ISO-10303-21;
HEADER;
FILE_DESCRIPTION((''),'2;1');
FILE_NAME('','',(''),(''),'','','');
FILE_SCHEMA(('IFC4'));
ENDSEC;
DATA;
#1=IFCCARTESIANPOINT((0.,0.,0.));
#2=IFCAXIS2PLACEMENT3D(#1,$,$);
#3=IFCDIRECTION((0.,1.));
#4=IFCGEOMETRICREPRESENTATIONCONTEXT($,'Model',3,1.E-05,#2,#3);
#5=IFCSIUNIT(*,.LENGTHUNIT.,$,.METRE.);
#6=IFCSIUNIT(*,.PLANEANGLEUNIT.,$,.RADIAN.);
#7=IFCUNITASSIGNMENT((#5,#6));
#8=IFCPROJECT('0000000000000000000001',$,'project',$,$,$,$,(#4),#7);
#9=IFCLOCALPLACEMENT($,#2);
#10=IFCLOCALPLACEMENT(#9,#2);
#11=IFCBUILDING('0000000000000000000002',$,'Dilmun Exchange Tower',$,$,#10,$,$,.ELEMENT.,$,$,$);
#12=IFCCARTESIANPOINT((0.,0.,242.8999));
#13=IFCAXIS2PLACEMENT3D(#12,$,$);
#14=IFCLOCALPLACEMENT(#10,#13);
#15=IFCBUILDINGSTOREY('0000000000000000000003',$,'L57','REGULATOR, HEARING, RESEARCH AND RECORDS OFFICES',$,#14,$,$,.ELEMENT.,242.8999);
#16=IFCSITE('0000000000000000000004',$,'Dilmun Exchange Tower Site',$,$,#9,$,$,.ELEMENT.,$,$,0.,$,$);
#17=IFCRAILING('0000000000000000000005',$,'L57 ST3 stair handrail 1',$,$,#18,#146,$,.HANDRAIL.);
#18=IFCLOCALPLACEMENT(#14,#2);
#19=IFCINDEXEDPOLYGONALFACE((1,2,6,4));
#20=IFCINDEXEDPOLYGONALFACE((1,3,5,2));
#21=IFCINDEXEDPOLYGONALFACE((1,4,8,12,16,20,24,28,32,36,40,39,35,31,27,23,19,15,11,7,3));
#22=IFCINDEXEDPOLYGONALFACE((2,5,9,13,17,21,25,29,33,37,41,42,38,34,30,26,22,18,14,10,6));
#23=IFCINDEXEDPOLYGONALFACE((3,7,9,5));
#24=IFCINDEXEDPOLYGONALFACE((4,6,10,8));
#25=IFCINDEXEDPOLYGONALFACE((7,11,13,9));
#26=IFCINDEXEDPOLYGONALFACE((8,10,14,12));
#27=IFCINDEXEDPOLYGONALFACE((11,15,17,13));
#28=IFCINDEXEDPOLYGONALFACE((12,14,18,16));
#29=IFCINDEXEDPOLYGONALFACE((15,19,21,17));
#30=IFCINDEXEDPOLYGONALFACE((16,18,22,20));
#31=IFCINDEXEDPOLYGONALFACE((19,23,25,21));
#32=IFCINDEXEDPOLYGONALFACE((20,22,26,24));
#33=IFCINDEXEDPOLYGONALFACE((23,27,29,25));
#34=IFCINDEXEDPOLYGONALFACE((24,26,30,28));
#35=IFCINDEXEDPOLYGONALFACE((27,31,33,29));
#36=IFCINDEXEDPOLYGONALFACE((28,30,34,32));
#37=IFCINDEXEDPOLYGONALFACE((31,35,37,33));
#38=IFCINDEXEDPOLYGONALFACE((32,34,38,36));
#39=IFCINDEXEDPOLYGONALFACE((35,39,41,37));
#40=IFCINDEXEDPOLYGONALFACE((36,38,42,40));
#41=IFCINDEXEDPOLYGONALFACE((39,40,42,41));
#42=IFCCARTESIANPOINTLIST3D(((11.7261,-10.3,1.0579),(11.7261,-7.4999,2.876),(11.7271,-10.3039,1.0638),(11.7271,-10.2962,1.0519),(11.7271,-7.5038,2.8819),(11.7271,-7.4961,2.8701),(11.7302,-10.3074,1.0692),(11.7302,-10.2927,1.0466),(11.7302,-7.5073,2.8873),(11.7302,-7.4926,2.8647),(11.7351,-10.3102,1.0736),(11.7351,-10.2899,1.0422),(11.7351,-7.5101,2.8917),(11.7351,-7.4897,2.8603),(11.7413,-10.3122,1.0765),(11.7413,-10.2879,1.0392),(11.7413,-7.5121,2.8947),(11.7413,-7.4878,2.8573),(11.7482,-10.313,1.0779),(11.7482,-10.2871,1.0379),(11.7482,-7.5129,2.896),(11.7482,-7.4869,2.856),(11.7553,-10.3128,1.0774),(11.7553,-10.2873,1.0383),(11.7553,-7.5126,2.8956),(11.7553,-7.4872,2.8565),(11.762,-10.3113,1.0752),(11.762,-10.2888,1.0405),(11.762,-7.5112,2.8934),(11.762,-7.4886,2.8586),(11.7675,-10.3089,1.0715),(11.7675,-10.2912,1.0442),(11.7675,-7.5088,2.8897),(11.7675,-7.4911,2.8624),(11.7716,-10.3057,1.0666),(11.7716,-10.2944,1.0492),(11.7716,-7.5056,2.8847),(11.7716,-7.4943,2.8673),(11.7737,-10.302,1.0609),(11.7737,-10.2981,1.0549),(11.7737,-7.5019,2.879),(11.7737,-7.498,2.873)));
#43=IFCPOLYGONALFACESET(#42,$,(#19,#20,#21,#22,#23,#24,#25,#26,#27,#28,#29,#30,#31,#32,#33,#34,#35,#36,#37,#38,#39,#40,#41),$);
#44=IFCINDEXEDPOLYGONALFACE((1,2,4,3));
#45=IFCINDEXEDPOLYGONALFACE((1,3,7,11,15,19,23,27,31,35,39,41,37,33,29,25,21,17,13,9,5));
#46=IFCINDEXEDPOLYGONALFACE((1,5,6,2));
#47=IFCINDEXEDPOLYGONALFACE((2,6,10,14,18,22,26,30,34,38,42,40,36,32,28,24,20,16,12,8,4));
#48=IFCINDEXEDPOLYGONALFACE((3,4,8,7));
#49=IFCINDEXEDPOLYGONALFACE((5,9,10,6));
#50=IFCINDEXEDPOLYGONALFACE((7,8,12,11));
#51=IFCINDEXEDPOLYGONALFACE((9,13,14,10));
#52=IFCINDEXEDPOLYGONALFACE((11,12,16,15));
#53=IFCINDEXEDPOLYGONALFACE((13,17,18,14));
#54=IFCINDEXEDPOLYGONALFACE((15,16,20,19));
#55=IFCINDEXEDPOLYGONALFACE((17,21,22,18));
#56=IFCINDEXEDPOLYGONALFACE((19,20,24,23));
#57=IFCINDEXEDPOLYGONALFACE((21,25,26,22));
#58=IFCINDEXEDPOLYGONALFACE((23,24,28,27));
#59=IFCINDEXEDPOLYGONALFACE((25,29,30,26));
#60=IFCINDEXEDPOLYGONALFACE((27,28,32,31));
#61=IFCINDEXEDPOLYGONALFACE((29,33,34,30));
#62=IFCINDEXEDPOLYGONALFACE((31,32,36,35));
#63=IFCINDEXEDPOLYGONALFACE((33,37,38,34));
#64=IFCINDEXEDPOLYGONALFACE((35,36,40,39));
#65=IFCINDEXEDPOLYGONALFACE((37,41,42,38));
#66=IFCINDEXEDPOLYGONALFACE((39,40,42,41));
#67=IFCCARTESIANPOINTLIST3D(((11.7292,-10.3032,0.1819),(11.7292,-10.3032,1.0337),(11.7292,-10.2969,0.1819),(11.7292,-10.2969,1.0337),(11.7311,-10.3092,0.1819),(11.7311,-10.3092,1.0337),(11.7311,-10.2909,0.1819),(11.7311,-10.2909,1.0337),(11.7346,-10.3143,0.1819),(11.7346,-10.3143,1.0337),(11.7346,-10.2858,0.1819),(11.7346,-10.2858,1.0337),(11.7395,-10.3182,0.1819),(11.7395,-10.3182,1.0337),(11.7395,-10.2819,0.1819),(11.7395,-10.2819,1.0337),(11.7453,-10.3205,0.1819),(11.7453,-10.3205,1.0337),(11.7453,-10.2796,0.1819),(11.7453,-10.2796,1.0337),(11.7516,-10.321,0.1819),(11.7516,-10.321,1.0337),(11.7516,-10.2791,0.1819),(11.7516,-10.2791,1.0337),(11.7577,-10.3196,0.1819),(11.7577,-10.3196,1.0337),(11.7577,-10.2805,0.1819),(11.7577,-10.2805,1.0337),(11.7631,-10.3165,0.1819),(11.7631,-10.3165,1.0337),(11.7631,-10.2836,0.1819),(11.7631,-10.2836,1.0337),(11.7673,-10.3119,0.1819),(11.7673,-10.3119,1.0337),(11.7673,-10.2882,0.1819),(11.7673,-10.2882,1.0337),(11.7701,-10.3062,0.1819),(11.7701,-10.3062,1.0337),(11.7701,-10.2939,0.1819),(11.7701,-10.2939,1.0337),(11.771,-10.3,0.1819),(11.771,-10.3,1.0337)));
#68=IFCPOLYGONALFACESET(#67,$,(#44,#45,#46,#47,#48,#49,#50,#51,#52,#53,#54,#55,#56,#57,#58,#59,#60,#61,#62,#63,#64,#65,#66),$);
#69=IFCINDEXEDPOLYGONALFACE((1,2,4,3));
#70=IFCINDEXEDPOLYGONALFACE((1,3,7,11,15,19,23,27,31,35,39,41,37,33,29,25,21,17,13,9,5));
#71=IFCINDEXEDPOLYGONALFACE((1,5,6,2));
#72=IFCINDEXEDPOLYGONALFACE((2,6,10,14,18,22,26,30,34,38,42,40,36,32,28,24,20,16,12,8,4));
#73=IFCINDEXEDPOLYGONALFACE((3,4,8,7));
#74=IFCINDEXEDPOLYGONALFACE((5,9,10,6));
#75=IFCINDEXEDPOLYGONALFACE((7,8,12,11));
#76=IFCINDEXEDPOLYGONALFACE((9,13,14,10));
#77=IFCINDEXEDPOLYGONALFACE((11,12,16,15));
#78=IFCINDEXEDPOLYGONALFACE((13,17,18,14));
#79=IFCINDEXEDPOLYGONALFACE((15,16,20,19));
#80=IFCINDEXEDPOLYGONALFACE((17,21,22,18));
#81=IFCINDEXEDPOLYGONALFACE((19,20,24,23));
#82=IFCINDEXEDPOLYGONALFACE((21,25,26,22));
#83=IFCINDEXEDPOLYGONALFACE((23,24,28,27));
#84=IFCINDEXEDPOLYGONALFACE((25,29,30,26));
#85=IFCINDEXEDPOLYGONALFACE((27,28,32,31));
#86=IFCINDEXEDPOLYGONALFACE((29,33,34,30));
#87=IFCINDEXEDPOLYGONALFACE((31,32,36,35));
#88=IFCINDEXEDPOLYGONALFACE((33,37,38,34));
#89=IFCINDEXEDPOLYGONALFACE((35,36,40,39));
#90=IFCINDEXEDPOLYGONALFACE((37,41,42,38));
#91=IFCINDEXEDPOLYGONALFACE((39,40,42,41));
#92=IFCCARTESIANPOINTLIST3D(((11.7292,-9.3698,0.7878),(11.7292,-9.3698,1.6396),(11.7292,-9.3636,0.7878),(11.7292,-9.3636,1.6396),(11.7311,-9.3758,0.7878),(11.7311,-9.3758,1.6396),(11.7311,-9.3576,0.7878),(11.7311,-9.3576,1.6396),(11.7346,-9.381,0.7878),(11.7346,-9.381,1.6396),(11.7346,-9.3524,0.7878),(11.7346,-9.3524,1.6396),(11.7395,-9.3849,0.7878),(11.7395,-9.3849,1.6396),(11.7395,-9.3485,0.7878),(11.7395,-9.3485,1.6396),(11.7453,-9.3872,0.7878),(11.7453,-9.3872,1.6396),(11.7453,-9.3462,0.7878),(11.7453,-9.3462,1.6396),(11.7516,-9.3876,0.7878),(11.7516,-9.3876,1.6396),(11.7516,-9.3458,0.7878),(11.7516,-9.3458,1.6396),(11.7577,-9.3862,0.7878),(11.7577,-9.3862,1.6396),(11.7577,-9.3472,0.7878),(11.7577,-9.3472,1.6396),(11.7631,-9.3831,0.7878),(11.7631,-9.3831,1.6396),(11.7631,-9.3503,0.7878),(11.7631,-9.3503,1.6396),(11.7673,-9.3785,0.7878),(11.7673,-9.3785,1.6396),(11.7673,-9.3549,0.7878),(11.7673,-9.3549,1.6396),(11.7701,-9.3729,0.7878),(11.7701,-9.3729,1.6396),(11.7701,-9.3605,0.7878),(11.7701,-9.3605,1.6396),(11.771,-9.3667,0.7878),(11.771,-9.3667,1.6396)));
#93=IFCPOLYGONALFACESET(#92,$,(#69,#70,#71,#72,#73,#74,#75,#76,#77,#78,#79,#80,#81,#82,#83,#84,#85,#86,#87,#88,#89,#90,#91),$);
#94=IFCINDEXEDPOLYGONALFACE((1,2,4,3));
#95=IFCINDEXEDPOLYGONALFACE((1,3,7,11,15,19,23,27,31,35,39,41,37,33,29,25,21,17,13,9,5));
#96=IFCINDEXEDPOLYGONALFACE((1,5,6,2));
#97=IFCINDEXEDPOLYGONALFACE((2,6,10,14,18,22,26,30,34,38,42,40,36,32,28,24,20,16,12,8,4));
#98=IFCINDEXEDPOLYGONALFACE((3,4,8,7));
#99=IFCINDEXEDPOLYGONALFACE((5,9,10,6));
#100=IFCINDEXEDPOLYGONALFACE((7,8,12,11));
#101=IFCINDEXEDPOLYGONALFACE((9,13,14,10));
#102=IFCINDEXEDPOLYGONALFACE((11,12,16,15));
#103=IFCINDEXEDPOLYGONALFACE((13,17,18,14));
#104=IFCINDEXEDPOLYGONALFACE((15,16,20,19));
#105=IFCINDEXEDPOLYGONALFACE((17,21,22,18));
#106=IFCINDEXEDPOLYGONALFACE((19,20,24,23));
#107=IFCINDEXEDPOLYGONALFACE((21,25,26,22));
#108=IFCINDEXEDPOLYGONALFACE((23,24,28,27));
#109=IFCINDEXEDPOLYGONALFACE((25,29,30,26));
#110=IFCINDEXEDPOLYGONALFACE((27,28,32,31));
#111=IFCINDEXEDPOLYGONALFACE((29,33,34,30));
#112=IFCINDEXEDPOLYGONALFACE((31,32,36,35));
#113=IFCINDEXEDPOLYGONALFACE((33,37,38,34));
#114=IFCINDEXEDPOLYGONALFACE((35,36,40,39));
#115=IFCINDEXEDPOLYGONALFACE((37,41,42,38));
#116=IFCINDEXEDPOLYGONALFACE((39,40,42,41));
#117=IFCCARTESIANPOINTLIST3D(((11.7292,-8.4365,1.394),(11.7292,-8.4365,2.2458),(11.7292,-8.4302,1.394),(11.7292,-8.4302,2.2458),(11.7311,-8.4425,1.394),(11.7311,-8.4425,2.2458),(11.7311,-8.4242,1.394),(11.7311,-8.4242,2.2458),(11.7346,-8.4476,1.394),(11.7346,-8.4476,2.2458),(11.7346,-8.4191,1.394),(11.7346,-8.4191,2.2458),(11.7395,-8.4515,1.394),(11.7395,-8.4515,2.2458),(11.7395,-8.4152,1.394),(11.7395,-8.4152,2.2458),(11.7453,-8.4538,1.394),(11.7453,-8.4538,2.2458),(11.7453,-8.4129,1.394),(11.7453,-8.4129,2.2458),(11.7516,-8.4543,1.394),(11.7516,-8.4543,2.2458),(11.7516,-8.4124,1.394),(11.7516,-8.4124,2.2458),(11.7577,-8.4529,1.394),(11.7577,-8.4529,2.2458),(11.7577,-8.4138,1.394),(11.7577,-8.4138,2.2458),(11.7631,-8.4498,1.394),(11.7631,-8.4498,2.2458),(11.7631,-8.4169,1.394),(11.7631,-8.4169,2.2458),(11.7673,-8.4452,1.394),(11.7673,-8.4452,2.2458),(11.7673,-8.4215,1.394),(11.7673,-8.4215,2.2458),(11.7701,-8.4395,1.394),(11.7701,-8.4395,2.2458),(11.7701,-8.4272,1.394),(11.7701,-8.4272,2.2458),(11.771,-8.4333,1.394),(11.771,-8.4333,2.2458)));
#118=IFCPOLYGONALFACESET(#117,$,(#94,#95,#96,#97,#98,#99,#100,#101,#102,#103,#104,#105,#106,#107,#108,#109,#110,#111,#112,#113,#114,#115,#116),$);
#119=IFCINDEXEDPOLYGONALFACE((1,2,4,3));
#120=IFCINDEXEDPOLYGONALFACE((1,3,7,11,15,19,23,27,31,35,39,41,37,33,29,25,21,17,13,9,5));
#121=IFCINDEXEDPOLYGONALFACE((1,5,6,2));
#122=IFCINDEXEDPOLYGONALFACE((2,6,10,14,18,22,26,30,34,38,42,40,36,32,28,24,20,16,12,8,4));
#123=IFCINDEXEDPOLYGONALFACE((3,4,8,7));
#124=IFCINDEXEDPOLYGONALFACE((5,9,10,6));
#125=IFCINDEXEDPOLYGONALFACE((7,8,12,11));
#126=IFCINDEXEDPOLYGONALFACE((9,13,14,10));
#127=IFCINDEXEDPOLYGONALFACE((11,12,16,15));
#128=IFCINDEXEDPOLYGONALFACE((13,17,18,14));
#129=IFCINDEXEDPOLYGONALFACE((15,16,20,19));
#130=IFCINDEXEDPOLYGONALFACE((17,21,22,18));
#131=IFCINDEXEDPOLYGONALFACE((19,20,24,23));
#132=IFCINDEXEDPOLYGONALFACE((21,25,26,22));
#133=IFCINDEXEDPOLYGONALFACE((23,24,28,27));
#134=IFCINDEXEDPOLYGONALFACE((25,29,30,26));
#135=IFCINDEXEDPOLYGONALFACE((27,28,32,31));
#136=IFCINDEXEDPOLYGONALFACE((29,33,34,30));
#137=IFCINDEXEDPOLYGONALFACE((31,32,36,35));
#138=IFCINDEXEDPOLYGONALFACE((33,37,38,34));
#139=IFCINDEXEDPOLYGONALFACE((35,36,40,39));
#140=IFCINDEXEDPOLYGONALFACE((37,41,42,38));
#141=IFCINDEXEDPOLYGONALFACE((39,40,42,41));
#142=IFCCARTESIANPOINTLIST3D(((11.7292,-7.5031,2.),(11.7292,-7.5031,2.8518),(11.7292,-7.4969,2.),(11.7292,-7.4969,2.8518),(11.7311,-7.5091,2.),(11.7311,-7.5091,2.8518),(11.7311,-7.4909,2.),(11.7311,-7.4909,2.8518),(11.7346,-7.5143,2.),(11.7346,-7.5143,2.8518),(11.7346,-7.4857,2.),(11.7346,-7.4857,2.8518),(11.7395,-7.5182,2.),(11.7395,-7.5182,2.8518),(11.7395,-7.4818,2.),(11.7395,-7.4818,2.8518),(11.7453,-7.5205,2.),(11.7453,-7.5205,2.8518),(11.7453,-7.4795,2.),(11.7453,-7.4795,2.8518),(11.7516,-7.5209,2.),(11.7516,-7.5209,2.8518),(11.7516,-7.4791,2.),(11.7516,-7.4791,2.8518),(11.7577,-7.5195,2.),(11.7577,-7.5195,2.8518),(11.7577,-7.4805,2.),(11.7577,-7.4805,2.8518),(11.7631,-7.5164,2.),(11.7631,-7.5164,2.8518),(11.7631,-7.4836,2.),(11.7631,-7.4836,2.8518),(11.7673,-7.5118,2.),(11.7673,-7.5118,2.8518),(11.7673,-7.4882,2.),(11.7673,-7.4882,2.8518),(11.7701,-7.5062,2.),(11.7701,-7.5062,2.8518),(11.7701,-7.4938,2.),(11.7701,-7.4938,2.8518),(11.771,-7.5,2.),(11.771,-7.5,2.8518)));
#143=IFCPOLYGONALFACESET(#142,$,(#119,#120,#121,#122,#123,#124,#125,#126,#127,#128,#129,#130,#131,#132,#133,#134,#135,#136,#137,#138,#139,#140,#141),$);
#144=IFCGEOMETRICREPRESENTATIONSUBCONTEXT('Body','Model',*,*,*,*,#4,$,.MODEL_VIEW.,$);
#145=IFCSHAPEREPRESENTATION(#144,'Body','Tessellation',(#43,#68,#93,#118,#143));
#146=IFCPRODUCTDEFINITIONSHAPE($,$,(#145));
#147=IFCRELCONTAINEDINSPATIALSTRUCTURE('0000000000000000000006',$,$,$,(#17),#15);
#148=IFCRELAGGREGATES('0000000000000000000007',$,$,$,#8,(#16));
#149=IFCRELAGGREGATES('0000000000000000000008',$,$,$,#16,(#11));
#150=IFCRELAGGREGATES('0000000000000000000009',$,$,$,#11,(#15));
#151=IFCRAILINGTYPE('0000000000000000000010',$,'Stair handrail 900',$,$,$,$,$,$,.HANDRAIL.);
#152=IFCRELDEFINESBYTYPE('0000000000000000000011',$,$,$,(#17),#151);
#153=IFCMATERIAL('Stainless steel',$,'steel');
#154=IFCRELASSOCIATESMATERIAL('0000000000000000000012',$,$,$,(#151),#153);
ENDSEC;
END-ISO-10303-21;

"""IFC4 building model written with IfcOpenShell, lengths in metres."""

from ifc_helpers import new_model, si_unit, direction, frame, origin, origin_2d, place, context, subcontext, project, spatial, circle, extrude, material, type_object, element, save


model = new_model("IFC4")

# Units and contexts
model_context = context("Model", 3, precision=1e-05, world=origin(), true_north=direction((0.0, 1.0)))
body_context = subcontext(model_context, "Body", "Model", "MODEL_VIEW")
ifc_project = project(units=[si_unit("LENGTHUNIT", "METRE"), si_unit("PLANEANGLEUNIT", "RADIAN")], contexts=[model_context])

# Site, building, storey
site_placement = place(None, origin())
site = spatial("IfcSite", under=ifc_project, at=site_placement, Name="Dilmun Exchange Tower Site", CompositionType="ELEMENT", RefElevation=0.0)
building_placement = place(site_placement, origin())
building = spatial("IfcBuilding", under=site, at=building_placement, Name="Dilmun Exchange Tower", CompositionType="ELEMENT")
storey_placement = place(building_placement, frame((0.0, 0.0, 242.8999)))
storey = spatial("IfcBuildingStorey", under=building, at=storey_placement, Name="L57", Description="REGULATOR, HEARING, RESEARCH AND RECORDS OFFICES", CompositionType="ELEMENT", Elevation=242.8999)

# Railing
ifc_material_1 = material(Name="Stainless steel", Category="steel")
railing_type = type_object("IfcRailingType", Name="Stair handrail 900", PredefinedType="HANDRAIL", material=ifc_material_1)
railing_1_placement = place(storey_placement, frame((11.75, -10.3, 0.1819)))
element("IfcRailing", 1, at=railing_1_placement, inside=storey, type_object=railing_type, Name="L57 ST3 stair handrail 1", PredefinedType="HANDRAIL", context=body_context, shape_type="SweptSolid", body=[
    extrude(circle(Radius=0.0239, at=origin_2d()), frame((0.0, 0.0, 0.876), z_axis=(0.0, 0.838706, 0.544585), x_axis=(-1.0, 0.0, 0.0)), (0.0, 0.0, 1.0), 3.3386),
    extrude(circle(Radius=0.021, at=origin_2d()), origin(), (0.0, 0.0, 1.0), 0.8518),
    extrude(circle(Radius=0.021, at=origin_2d()), frame((0.0, 0.9333, 0.606)), (0.0, 0.0, 1.0), 0.8518),
    extrude(circle(Radius=0.021, at=origin_2d()), frame((0.0, 1.8667, 1.2122)), (0.0, 0.0, 1.0), 0.8518),
    extrude(circle(Radius=0.021, at=origin_2d()), frame((0.0, 2.8, 1.8181)), (0.0, 0.0, 1.0), 0.8518),
])

save(model, "model.ifc")
